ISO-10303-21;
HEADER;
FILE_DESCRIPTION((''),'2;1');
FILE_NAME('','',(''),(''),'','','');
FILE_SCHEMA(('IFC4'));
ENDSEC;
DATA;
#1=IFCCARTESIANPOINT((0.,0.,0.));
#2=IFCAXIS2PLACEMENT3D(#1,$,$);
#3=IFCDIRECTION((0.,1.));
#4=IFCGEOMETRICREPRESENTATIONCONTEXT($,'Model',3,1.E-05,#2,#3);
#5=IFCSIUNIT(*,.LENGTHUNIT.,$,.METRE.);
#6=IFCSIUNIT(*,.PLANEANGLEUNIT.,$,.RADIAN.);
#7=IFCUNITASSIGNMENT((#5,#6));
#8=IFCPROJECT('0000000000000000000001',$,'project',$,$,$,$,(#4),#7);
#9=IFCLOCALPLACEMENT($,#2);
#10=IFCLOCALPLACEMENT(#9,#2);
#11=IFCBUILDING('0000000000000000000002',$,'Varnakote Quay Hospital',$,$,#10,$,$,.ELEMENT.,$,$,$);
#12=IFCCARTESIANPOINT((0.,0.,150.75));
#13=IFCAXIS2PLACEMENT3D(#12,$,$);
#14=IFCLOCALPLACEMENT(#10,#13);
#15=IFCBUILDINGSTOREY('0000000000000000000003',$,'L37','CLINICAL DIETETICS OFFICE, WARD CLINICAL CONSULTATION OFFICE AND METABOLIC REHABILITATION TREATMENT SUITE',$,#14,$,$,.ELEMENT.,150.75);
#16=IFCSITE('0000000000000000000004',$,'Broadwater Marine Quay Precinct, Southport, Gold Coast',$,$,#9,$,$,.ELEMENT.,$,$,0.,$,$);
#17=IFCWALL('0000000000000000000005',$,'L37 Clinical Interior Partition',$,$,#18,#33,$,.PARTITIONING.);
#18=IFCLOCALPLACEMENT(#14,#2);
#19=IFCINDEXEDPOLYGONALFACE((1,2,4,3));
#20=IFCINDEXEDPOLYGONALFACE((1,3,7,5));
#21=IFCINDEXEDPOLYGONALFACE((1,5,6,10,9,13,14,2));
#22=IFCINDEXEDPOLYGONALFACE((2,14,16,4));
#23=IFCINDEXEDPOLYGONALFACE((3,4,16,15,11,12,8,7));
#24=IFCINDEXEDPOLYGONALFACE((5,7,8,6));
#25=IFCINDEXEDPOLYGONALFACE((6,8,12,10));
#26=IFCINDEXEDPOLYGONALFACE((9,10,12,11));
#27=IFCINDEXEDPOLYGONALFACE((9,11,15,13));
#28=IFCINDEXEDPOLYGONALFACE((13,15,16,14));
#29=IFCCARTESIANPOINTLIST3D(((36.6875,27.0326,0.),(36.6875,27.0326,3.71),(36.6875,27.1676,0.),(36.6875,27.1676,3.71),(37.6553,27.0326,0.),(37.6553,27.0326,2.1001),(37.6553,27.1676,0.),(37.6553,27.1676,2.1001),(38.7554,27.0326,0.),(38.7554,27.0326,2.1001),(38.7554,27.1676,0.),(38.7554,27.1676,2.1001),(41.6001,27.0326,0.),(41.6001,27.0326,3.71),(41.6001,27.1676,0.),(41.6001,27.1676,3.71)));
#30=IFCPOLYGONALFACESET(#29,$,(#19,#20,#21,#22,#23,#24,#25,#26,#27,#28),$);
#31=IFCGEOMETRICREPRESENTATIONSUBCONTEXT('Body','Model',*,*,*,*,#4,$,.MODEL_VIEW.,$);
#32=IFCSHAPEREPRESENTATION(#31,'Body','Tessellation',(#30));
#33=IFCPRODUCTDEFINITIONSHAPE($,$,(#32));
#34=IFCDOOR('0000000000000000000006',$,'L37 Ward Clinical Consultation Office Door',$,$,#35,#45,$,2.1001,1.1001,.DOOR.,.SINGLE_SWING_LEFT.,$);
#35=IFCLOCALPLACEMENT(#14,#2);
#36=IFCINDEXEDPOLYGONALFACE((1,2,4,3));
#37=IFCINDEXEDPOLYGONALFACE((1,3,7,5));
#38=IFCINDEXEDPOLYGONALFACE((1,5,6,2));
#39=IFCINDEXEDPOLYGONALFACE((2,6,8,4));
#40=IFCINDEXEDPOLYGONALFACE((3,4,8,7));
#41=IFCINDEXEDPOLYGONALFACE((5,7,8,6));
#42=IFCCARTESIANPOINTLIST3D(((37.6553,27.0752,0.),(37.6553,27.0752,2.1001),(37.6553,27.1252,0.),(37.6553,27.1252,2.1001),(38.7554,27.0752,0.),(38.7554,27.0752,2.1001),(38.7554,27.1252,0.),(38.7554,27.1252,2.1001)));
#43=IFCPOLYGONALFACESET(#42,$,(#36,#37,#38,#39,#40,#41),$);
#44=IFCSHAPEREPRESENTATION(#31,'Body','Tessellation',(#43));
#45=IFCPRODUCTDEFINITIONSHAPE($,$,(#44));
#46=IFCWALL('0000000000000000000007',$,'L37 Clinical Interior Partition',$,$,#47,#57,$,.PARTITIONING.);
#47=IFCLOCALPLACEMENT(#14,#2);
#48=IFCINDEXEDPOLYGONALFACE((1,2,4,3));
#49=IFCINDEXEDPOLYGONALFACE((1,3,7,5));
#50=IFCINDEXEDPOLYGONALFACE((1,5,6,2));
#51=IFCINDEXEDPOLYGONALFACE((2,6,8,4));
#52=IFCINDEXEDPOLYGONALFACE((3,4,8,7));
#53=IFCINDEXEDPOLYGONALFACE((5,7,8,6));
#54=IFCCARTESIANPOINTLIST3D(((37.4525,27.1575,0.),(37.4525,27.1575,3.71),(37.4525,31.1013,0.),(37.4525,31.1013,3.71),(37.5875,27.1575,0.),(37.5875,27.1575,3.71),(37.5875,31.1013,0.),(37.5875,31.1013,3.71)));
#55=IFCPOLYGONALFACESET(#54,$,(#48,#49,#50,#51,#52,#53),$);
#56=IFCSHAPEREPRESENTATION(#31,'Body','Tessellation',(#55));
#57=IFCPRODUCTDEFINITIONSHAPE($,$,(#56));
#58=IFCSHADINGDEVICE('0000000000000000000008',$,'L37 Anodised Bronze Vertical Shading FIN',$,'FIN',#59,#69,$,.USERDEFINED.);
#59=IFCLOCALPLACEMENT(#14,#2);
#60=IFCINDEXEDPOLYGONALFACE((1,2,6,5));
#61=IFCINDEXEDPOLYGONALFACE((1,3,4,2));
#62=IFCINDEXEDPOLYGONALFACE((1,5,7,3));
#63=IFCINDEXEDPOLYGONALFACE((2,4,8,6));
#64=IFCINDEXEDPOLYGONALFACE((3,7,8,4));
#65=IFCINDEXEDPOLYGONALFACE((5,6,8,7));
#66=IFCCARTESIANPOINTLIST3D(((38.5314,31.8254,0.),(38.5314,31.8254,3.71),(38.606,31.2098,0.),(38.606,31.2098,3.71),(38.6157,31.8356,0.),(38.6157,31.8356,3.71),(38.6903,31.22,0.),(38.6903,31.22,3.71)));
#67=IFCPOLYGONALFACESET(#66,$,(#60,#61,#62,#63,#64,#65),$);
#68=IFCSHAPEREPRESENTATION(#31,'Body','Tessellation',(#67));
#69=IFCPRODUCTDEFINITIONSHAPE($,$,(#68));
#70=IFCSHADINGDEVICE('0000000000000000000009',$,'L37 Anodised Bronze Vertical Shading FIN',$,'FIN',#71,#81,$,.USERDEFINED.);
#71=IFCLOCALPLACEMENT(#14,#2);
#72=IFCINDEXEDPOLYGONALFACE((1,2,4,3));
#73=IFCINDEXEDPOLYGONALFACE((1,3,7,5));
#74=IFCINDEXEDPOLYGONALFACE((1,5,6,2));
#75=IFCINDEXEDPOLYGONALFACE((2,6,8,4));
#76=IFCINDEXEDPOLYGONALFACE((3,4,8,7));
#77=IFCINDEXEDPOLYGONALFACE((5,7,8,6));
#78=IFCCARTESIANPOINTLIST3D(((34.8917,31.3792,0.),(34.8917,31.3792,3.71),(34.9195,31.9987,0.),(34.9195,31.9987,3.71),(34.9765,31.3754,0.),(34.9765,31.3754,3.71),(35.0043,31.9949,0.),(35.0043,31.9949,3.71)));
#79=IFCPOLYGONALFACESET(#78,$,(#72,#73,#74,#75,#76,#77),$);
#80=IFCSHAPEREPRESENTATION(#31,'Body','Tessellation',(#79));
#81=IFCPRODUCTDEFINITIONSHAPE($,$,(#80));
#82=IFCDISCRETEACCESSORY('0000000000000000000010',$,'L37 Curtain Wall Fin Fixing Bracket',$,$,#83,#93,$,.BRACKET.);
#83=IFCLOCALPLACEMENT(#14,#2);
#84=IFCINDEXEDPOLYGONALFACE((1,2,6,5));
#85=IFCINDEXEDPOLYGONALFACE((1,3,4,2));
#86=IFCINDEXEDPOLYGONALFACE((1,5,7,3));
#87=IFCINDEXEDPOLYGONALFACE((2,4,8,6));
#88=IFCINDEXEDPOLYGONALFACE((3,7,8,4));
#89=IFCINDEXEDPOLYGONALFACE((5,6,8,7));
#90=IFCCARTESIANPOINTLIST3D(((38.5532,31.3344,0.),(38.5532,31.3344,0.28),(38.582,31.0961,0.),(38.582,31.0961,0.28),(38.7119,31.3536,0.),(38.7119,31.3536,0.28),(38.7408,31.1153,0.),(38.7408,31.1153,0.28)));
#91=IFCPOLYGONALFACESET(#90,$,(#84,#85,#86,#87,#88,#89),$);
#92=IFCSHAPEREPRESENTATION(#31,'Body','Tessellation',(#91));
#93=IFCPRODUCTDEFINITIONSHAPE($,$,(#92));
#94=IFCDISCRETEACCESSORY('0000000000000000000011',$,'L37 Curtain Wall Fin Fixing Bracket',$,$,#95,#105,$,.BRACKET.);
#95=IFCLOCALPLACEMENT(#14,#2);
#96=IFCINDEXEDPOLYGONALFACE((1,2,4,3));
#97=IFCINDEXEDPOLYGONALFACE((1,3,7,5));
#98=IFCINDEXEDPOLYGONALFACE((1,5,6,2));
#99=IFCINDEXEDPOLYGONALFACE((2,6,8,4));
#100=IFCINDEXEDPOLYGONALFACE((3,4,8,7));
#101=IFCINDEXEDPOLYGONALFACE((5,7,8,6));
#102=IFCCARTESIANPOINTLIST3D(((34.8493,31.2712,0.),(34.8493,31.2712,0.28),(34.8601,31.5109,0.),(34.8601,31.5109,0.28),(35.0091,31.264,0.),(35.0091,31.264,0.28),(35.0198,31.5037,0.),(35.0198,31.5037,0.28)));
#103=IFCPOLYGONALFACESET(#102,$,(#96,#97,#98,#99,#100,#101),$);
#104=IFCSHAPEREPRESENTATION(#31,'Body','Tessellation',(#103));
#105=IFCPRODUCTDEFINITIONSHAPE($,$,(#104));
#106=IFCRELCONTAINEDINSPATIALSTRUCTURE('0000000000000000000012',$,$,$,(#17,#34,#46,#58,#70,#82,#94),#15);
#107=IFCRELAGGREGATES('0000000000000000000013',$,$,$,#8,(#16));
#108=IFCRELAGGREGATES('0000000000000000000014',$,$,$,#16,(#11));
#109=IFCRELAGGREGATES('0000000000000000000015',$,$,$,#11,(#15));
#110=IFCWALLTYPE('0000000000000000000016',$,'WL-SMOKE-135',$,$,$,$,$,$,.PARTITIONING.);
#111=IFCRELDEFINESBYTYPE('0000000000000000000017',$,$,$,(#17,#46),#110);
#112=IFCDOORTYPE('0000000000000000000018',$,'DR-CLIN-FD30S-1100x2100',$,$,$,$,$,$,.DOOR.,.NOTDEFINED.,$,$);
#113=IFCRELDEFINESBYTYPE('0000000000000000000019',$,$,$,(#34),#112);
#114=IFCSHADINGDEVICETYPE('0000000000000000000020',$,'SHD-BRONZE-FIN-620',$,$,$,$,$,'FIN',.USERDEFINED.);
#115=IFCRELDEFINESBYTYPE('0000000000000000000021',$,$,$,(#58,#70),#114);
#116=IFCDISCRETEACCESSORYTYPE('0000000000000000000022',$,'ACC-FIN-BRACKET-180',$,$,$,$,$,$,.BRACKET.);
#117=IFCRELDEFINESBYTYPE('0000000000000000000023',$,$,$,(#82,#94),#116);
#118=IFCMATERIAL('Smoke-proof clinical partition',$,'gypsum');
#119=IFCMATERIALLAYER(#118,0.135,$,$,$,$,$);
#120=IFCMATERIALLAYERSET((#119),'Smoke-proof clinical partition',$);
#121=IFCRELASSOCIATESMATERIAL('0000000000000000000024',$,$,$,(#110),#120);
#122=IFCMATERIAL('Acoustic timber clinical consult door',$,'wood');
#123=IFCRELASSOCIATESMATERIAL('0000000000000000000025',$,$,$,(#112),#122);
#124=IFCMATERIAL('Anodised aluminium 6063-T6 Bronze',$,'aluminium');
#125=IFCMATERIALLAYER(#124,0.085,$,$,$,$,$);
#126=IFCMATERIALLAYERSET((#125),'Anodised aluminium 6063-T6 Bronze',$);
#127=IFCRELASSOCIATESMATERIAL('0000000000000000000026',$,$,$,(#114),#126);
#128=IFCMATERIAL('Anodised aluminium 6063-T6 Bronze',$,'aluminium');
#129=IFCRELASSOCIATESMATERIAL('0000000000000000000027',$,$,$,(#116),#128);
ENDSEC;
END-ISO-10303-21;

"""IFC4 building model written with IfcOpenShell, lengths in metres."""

from ifc_helpers import new_model, si_unit, direction, frame, frame_2d, origin, origin_2d, place, context, subcontext, project, spatial, rectangle, extrude, material, layer, layer_set, type_object, element, fill, save


model = new_model("IFC4")

# Units and contexts
model_context = context("Model", 3, precision=1e-05, world=origin(), true_north=direction((0.0, 1.0)))
body_context = subcontext(model_context, "Body", "Model", "MODEL_VIEW")
ifc_project = project(units=[si_unit("LENGTHUNIT", "METRE"), si_unit("PLANEANGLEUNIT", "RADIAN")], contexts=[model_context])

# Site, building, storey
site_placement = place(None, origin())
site = spatial("IfcSite", under=ifc_project, at=site_placement, Name="Broadwater Marine Quay Precinct, Southport, Gold Coast", CompositionType="ELEMENT", RefElevation=0.0)
building_placement = place(site_placement, origin())
building = spatial("IfcBuilding", under=site, at=building_placement, Name="Varnakote Quay Hospital", CompositionType="ELEMENT")
storey_placement = place(building_placement, frame((0.0, 0.0, 150.75)))
storey = spatial("IfcBuildingStorey", under=building, at=storey_placement, Name="L37", Description="CLINICAL DIETETICS OFFICE, WARD CLINICAL CONSULTATION OFFICE AND METABOLIC REHABILITATION TREATMENT SUITE", CompositionType="ELEMENT", Elevation=150.75)

# Shared definitions
ifc_material_1 = material(Name="Smoke-proof clinical partition", Category="gypsum")
ifc_layer_1 = layer(ifc_material_1, 0.135)
ifc_layer_set_1 = layer_set([ifc_layer_1], Name="Smoke-proof clinical partition")
wall_type = type_object("IfcWallType", Name="WL-SMOKE-135", PredefinedType="PARTITIONING", material=ifc_layer_set_1)

# Wall, opening, door
wall_1_placement = place(storey_placement, frame((41.6001, 27.1001, 0.0), z_axis=(0.0, 0.0, 1.0), x_axis=(-1.0, 0.0, 0.0)))
wall_1 = element("IfcWall", 1, at=wall_1_placement, inside=storey, type_object=wall_type, Name="L37 Clinical Interior Partition", PredefinedType="PARTITIONING", context=body_context, shape_type="SweptSolid", body=[
    extrude(rectangle(XDim=4.9126, YDim=0.135, at=frame_2d((2.4563, 0.0))), origin(), (0.0, 0.0, 1.0), 3.71),
])
opening_placement = place(wall_1_placement, frame((2.8447, 0.0, 0.0)))
opening = element("IfcOpeningElement", 2, at=opening_placement, cuts=wall_1, PredefinedType="OPENING", context=body_context, shape_type="SweptSolid", body=[
    extrude(rectangle(XDim=1.1001, YDim=2.1001, at=frame_2d((0.55, 1.05))), frame((0.0, 0.0774, 0.0), z_axis=(0.0, -1.0, 0.0), x_axis=(1.0, 0.0, 0.0)), (0.0, 0.0, 1.0), 0.155),
])
ifc_material_2 = material(Name="Acoustic timber clinical consult door", Category="wood")
door_type = type_object("IfcDoorType", Name="DR-CLIN-FD30S-1100x2100", OperationType="NOTDEFINED", PredefinedType="DOOR", material=ifc_material_2)
door_placement = place(opening_placement, origin())
door = element("IfcDoor", 3, at=door_placement, inside=storey, type_object=door_type, Name="L37 Ward Clinical Consultation Office Door", OperationType="SINGLE_SWING_LEFT", OverallHeight=2.1001, OverallWidth=1.1001, PredefinedType="DOOR", context=body_context, shape_type="SweptSolid", body=[
    extrude(rectangle(XDim=1.1001, YDim=2.1001, at=frame_2d((0.55, 1.05))), frame((0.0, 0.0249, 0.0), z_axis=(0.0, -1.0, 0.0), x_axis=(1.0, 0.0, 0.0)), (0.0, 0.0, 1.0), 0.05),
])
fill(opening, door)

# Wall
wall_2_placement = place(storey_placement, frame((37.52, 27.1575, 0.0), z_axis=(0.0, 0.0, 1.0), x_axis=(0.0, 1.0, 0.0)))
element("IfcWall", 4, at=wall_2_placement, inside=storey, type_object=wall_type, Name="L37 Clinical Interior Partition", PredefinedType="PARTITIONING", context=body_context, shape_type="SweptSolid", body=[
    extrude(rectangle(XDim=3.9438, YDim=0.135, at=frame_2d((1.9719, 0.0))), origin(), (0.0, 0.0, 1.0), 3.71),
])

# Shading devices
ifc_material_3 = material(Name="Anodised aluminium 6063-T6 Bronze", Category="aluminium")
ifc_layer_2 = layer(ifc_material_3, 0.085)
ifc_layer_set_2 = layer_set([ifc_layer_2], Name="Anodised aluminium 6063-T6 Bronze")
shading_device_type = type_object("IfcShadingDeviceType", Name="SHD-BRONZE-FIN-620", ElementType="FIN", PredefinedType="USERDEFINED", material=ifc_layer_set_2)
for number, where, z_axis, x_axis, name in (
    (5, (38.6108, 31.5227, 0.0), (0.0, 0.0, 1.0), (0.12031, -0.992736, 0.0), "L37 Anodised Bronze Vertical Shading FIN"),
    (6, (34.948, 31.687, 0.0), (0.0, 0.0, 1.0), (-0.04484, -0.998994, 0.0), "L37 Anodised Bronze Vertical Shading FIN"),
):
    element("IfcShadingDevice", number, at=place(storey_placement, frame(where, z_axis=z_axis, x_axis=x_axis)), inside=storey, type_object=shading_device_type, Name=name, ObjectType="FIN", PredefinedType="USERDEFINED", context=body_context, shape_type="SweptSolid", body=[
        extrude(rectangle(XDim=0.6201, YDim=0.085, at=origin_2d()), origin(), (0.0, 0.0, 1.0), 3.71),
    ])

# Discrete accessories
ifc_material_4 = material(Name="Anodised aluminium 6063-T6 Bronze", Category="aluminium")
discrete_accessory_type = type_object("IfcDiscreteAccessoryType", Name="ACC-FIN-BRACKET-180", PredefinedType="BRACKET", material=ifc_material_4)
for number, where, z_axis, x_axis, name in (
    (7, (38.647, 31.2249, 0.0), (0.0, 0.0, 1.0), (-0.992736, -0.12031, 0.0), "L37 Curtain Wall Fin Fixing Bracket"),
    (8, (34.9346, 31.3875, 0.0), (0.0, 0.0, 1.0), (-0.998994, 0.04484, 0.0), "L37 Curtain Wall Fin Fixing Bracket"),
):
    element("IfcDiscreteAccessory", number, at=place(storey_placement, frame(where, z_axis=z_axis, x_axis=x_axis)), inside=storey, type_object=discrete_accessory_type, Name=name, PredefinedType="BRACKET", context=body_context, shape_type="SweptSolid", body=[
        extrude(rectangle(XDim=0.1599, YDim=0.24, at=origin_2d()), origin(), (0.0, 0.0, 1.0), 0.28),
    ])

save(model, "model.ifc")
